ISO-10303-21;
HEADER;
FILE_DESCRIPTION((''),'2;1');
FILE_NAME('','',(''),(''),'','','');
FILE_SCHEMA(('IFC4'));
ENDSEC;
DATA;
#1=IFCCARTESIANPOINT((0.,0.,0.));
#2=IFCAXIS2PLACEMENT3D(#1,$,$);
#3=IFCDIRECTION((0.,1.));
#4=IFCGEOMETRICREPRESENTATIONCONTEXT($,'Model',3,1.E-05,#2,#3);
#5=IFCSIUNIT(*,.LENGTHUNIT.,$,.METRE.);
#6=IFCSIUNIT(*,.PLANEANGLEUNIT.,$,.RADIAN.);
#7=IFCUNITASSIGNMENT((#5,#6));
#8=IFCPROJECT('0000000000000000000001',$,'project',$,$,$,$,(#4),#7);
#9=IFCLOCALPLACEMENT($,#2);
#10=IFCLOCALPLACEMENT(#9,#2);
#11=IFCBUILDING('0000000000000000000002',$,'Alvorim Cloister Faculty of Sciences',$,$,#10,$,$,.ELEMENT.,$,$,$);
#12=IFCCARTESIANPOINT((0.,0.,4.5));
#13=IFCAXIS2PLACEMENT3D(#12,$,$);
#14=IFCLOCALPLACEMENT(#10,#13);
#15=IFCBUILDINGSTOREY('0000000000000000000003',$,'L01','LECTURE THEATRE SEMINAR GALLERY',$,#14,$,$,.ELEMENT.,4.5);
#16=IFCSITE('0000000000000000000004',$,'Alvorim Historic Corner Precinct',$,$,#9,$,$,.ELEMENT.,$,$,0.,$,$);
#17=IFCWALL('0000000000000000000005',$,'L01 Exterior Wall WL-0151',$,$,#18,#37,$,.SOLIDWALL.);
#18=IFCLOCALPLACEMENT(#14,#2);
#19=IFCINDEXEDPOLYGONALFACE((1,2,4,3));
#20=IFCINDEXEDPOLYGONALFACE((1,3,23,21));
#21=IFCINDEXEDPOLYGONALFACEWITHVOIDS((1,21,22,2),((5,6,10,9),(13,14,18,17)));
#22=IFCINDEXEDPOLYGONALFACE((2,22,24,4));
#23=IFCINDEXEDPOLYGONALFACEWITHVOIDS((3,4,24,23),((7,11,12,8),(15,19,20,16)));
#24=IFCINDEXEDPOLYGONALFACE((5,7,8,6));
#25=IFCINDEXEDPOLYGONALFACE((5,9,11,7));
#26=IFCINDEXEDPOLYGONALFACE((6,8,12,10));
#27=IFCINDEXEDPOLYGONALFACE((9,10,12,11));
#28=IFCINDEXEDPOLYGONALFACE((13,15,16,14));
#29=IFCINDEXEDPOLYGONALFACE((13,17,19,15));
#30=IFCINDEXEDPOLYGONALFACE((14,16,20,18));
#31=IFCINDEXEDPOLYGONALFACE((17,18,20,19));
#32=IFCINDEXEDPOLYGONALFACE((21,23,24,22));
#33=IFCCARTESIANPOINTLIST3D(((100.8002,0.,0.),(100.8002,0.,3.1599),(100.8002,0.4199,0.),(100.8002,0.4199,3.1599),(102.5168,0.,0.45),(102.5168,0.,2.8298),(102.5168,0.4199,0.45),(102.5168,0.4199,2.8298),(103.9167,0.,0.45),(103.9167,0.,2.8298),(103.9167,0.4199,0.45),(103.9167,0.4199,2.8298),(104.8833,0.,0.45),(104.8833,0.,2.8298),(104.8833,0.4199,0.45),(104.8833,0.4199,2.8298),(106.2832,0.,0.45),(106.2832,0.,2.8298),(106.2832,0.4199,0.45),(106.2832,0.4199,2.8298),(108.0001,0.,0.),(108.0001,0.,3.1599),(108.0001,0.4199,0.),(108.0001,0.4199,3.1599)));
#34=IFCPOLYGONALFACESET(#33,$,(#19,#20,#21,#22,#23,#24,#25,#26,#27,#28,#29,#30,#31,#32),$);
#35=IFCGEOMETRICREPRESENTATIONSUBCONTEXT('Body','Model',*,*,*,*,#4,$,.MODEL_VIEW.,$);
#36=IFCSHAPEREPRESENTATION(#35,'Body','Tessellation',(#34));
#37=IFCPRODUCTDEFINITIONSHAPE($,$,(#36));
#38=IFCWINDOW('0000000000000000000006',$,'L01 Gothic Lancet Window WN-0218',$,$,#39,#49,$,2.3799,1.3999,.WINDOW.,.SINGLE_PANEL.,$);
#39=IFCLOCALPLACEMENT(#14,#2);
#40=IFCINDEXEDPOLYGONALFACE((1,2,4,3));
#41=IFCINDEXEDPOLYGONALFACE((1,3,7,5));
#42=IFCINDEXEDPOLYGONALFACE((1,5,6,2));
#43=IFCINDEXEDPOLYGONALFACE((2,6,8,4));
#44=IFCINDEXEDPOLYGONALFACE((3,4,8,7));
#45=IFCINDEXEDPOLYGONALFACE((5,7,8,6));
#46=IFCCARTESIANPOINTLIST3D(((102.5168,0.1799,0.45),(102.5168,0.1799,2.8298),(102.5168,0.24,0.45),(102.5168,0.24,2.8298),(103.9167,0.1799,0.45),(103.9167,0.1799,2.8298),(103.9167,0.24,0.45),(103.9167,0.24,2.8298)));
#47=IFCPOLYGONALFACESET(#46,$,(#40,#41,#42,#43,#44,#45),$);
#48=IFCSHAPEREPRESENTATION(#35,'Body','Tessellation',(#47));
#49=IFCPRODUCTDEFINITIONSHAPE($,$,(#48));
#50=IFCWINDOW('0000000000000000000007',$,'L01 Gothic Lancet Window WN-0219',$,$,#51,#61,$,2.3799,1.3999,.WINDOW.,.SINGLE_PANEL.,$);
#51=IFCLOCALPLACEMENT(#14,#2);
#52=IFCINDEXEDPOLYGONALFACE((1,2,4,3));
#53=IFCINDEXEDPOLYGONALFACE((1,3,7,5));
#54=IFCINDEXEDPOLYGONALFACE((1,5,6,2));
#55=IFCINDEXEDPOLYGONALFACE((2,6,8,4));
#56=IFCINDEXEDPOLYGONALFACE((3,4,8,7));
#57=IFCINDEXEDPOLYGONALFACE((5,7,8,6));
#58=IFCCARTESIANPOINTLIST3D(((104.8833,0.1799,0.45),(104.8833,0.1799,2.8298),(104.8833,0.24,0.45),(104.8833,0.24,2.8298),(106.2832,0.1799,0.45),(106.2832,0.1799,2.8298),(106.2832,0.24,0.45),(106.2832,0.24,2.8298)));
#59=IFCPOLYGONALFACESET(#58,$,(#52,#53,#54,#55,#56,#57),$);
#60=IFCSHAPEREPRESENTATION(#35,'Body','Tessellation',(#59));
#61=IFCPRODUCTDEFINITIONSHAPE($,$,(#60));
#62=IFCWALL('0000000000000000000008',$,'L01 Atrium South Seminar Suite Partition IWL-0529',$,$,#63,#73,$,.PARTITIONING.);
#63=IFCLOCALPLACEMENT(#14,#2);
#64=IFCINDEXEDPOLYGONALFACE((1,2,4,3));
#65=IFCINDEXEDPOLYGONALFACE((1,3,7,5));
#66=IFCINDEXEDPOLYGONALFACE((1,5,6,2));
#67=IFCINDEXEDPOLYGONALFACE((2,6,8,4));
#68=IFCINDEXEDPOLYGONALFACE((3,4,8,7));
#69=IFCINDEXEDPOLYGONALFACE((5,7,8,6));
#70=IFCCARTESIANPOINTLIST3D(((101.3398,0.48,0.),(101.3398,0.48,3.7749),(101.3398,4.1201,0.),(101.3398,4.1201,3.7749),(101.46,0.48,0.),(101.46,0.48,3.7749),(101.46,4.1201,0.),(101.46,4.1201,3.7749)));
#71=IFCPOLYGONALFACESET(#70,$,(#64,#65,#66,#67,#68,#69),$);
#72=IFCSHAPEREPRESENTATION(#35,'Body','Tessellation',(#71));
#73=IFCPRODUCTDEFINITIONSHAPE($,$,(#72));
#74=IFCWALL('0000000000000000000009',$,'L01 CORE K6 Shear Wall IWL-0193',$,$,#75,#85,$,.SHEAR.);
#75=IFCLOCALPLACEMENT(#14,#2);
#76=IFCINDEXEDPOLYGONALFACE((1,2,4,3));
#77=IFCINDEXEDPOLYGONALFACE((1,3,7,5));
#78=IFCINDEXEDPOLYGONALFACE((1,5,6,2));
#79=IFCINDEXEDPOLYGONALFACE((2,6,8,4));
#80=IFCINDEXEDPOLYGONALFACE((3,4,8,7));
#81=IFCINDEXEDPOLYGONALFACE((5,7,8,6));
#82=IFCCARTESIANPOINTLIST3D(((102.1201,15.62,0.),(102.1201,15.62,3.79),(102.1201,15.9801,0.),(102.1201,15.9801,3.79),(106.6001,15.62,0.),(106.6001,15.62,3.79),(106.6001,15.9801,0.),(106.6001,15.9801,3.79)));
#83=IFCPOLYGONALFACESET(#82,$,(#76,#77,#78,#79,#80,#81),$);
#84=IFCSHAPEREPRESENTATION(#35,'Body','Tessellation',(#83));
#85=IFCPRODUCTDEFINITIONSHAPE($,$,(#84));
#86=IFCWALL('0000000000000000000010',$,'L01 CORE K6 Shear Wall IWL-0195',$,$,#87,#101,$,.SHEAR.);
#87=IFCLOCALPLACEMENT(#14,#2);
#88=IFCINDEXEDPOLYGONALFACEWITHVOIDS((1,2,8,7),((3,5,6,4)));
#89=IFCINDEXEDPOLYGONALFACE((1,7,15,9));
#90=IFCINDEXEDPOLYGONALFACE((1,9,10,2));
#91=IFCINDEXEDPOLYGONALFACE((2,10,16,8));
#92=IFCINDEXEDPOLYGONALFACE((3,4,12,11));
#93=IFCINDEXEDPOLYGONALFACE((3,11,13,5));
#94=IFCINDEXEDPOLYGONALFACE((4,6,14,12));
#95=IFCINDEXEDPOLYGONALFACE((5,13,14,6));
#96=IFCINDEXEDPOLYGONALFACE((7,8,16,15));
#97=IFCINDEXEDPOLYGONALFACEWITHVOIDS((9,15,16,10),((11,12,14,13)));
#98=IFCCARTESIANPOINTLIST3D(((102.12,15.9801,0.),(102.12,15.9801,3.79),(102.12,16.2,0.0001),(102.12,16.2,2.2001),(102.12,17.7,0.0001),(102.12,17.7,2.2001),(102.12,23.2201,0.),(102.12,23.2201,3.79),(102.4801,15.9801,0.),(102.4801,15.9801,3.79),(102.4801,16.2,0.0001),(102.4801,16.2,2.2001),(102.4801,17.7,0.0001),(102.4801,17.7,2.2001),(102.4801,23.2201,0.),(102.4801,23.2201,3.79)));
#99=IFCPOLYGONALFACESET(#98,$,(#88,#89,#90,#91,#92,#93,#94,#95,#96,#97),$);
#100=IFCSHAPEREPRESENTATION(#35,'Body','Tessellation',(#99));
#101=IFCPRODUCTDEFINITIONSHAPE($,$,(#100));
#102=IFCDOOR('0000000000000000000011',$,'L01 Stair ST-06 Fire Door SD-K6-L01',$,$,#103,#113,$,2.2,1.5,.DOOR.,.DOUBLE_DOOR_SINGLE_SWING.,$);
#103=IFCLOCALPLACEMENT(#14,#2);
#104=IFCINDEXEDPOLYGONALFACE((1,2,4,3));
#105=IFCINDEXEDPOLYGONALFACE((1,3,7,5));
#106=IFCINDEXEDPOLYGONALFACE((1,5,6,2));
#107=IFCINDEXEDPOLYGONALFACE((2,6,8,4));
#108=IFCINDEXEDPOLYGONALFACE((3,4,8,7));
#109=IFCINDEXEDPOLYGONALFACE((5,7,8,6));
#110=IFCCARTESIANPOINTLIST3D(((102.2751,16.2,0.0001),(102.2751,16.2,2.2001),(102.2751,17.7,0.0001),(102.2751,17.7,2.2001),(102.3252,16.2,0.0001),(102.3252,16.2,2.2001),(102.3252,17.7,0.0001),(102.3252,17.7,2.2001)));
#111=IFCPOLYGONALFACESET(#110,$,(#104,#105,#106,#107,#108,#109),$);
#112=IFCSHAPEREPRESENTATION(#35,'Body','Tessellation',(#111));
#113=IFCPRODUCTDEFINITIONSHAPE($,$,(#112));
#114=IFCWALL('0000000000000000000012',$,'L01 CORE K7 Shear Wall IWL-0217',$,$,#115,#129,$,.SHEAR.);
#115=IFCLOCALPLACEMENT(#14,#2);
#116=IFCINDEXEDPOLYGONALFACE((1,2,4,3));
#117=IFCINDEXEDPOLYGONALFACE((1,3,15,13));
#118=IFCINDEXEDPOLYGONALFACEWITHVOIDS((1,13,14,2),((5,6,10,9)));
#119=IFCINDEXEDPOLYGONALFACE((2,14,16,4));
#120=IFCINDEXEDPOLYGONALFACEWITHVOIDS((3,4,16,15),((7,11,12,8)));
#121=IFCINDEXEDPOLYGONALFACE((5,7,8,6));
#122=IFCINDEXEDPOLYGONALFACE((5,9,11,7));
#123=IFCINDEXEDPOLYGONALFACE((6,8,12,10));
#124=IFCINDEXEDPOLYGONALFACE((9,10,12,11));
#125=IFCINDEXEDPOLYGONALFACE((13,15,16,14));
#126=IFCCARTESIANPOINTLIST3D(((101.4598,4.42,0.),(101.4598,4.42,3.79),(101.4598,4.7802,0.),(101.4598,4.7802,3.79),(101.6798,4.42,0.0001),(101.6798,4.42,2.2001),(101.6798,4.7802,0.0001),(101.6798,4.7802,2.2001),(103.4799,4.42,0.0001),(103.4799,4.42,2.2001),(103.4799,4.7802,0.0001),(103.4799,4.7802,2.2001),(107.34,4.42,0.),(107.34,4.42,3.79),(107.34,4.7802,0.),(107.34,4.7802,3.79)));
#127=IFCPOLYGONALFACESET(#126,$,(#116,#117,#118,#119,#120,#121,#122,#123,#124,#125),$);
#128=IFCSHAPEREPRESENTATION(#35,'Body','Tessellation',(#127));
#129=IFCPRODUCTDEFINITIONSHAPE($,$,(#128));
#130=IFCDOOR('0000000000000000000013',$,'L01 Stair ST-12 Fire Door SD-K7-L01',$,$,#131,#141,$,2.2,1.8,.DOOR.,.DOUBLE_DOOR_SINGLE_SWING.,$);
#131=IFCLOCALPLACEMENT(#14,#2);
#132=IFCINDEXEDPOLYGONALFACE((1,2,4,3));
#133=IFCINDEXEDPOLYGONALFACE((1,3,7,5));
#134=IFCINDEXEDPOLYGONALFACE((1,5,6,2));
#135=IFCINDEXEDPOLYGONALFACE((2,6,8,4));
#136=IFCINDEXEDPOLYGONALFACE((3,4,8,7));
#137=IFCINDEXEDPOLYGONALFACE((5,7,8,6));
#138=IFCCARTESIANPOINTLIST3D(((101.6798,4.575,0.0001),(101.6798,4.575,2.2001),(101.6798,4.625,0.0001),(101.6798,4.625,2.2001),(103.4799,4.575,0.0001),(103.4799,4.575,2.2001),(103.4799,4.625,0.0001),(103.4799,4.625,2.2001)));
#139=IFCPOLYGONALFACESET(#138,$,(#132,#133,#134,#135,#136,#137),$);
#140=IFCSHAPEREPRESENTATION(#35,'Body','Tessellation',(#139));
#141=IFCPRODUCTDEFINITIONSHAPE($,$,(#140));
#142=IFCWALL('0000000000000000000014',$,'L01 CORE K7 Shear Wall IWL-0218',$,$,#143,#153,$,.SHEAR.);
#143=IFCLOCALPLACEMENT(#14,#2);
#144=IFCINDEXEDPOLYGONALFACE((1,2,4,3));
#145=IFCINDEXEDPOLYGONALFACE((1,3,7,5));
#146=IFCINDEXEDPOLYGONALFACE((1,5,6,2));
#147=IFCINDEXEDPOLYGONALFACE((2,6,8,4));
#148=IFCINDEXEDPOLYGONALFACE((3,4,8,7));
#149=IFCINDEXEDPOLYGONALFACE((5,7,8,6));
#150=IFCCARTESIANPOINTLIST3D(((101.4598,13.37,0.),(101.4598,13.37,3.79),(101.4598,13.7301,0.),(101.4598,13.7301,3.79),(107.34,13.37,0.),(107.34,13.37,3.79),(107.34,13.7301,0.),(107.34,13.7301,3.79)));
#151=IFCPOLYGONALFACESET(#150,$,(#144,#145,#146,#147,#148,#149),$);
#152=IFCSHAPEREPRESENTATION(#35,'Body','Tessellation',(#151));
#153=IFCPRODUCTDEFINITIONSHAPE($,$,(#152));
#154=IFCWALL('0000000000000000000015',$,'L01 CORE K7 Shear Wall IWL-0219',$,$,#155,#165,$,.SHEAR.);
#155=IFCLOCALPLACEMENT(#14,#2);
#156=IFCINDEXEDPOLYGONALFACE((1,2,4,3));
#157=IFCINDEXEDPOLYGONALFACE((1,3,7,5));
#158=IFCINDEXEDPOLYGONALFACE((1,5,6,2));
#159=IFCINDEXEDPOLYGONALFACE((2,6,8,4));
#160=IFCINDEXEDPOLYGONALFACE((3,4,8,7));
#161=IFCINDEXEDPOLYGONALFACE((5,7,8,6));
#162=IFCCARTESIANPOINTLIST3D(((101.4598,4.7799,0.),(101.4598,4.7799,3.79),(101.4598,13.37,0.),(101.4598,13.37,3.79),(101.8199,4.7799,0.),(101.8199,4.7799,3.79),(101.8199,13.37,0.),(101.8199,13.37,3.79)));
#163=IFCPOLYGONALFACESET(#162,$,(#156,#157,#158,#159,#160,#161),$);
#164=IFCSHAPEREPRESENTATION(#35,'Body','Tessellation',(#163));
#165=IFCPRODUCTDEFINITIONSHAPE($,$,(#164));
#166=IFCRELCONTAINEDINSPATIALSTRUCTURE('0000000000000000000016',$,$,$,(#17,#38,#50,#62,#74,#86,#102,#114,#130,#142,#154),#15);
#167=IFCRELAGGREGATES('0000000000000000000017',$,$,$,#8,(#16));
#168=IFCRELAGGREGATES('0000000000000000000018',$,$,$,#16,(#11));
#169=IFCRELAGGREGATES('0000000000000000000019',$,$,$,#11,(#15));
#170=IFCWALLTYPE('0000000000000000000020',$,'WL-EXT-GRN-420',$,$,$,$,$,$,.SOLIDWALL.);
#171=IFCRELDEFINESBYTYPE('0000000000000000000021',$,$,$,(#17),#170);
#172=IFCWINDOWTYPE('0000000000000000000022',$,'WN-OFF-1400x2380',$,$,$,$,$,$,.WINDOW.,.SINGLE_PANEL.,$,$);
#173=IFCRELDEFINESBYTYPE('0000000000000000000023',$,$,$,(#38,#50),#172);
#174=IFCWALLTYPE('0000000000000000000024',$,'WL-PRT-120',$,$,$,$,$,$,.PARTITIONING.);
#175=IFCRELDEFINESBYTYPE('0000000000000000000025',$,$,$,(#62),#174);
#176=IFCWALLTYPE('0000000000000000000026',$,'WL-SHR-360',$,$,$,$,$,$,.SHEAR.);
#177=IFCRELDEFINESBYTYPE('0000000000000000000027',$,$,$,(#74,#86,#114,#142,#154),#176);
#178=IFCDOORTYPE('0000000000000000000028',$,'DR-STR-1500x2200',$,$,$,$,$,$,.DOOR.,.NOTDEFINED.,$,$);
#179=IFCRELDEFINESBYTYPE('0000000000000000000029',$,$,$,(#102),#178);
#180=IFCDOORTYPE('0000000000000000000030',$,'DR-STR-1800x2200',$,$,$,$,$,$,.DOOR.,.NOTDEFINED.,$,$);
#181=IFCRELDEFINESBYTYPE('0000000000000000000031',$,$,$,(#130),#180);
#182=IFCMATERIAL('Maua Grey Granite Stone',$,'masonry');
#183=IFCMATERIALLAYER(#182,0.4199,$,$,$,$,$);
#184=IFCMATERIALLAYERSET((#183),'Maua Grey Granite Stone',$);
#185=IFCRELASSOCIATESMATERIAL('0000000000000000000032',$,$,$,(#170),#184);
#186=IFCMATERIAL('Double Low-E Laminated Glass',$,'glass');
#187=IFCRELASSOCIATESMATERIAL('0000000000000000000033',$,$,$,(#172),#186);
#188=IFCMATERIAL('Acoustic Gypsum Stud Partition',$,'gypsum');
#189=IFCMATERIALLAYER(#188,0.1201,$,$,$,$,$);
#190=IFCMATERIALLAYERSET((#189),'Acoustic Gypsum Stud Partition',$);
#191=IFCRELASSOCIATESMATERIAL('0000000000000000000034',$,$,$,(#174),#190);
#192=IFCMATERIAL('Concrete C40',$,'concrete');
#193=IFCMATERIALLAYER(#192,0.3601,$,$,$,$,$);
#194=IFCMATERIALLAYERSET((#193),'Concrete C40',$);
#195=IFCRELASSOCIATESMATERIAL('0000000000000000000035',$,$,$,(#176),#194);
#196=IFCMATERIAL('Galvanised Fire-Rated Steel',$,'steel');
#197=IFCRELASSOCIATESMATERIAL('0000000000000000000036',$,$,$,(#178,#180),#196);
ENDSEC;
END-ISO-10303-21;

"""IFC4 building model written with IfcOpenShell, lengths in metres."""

from ifc_helpers import new_model, si_unit, direction, frame, frame_2d, origin, place, context, subcontext, project, spatial, rectangle, extrude, material, layer, layer_set, type_object, element, fill, save


model = new_model("IFC4")

# Units and contexts
model_context = context("Model", 3, precision=1e-05, world=origin(), true_north=direction((0.0, 1.0)))
body_context = subcontext(model_context, "Body", "Model", "MODEL_VIEW")
ifc_project = project(units=[si_unit("LENGTHUNIT", "METRE"), si_unit("PLANEANGLEUNIT", "RADIAN")], contexts=[model_context])

# Site, building, storey
site_placement = place(None, origin())
site = spatial("IfcSite", under=ifc_project, at=site_placement, Name="Alvorim Historic Corner Precinct", CompositionType="ELEMENT", RefElevation=0.0)
building_placement = place(site_placement, origin())
building = spatial("IfcBuilding", under=site, at=building_placement, Name="Alvorim Cloister Faculty of Sciences", CompositionType="ELEMENT")
storey_placement = place(building_placement, frame((0.0, 0.0, 4.5)))
storey = spatial("IfcBuildingStorey", under=building, at=storey_placement, Name="L01", Description="LECTURE THEATRE SEMINAR GALLERY", CompositionType="ELEMENT", Elevation=4.5)

# Shared definitions
ifc_material_1 = material(Name="Concrete C40", Category="concrete")

# Shared definitions
ifc_material_2 = material(Name="Double Low-E Laminated Glass", Category="glass")

# Wall, openings, windows
ifc_material_3 = material(Name="Maua Grey Granite Stone", Category="masonry")
ifc_layer_1 = layer(ifc_material_3, 0.4199)
ifc_layer_set_1 = layer_set([ifc_layer_1], Name="Maua Grey Granite Stone")
wall_type_1 = type_object("IfcWallType", Name="WL-EXT-GRN-420", PredefinedType="SOLIDWALL", material=ifc_layer_set_1)
wall_1_placement = place(storey_placement, frame((100.8, 0.21, 0.0), z_axis=(0.0, 0.0, 1.0), x_axis=(1.0, 0.0, 0.0)))
wall_1 = element("IfcWall", 1, at=wall_1_placement, inside=storey, type_object=wall_type_1, Name="L01 Exterior Wall WL-0151", PredefinedType="SOLIDWALL", context=body_context, shape_type="SweptSolid", body=[
    extrude(rectangle(XDim=7.2, YDim=0.4199, at=frame_2d((3.6001, 0.0))), origin(), (0.0, 0.0, 1.0), 3.1599),
])
opening_1_placement = place(wall_1_placement, frame((1.7168, 0.0, 0.45)))
opening_1 = element("IfcOpeningElement", 2, at=opening_1_placement, cuts=wall_1, PredefinedType="OPENING", context=body_context, shape_type="SweptSolid", body=[
    extrude(rectangle(XDim=1.3999, YDim=2.3799, at=frame_2d((0.7, 1.1899))), frame((0.0, 0.2219, 0.0), z_axis=(0.0, -1.0, 0.0), x_axis=(1.0, 0.0, 0.0)), (0.0, 0.0, 1.0), 0.4438),
])
opening_2_placement = place(wall_1_placement, frame((4.0833, 0.0, 0.45)))
opening_2 = element("IfcOpeningElement", 3, at=opening_2_placement, cuts=wall_1, PredefinedType="OPENING", context=body_context, shape_type="SweptSolid", body=[
    extrude(rectangle(XDim=1.3999, YDim=2.3799, at=frame_2d((0.7, 1.1899))), frame((0.0, 0.2219, 0.0), z_axis=(0.0, -1.0, 0.0), x_axis=(1.0, 0.0, 0.0)), (0.0, 0.0, 1.0), 0.4438),
])
window_type = type_object("IfcWindowType", Name="WN-OFF-1400x2380", PartitioningType="SINGLE_PANEL", PredefinedType="WINDOW", material=ifc_material_2)
window_1_placement = place(opening_1_placement, origin())
window_1 = element("IfcWindow", 4, at=window_1_placement, inside=storey, type_object=window_type, Name="L01 Gothic Lancet Window WN-0218", OverallHeight=2.3799, OverallWidth=1.3999, PartitioningType="SINGLE_PANEL", PredefinedType="WINDOW", context=body_context, shape_type="SweptSolid", body=[
    extrude(rectangle(XDim=1.3999, YDim=2.3799, at=frame_2d((0.7, 1.1899))), frame((0.0, 0.03, 0.0), z_axis=(0.0, -1.0, 0.0), x_axis=(1.0, 0.0, 0.0)), (0.0, 0.0, 1.0), 0.0601),
])
fill(opening_1, window_1)
window_2_placement = place(opening_2_placement, origin())
window_2 = element("IfcWindow", 5, at=window_2_placement, inside=storey, type_object=window_type, Name="L01 Gothic Lancet Window WN-0219", OverallHeight=2.3799, OverallWidth=1.3999, PartitioningType="SINGLE_PANEL", PredefinedType="WINDOW", context=body_context, shape_type="SweptSolid", body=[
    extrude(rectangle(XDim=1.3999, YDim=2.3799, at=frame_2d((0.7, 1.1899))), frame((0.0, 0.03, 0.0), z_axis=(0.0, -1.0, 0.0), x_axis=(1.0, 0.0, 0.0)), (0.0, 0.0, 1.0), 0.0601),
])
fill(opening_2, window_2)

# Walls
ifc_material_4 = material(Name="Acoustic Gypsum Stud Partition", Category="gypsum")
ifc_layer_2 = layer(ifc_material_4, 0.1201)
ifc_layer_set_2 = layer_set([ifc_layer_2], Name="Acoustic Gypsum Stud Partition")
wall_type_2 = type_object("IfcWallType", Name="WL-PRT-120", PredefinedType="PARTITIONING", material=ifc_layer_set_2)
wall_2_placement = place(storey_placement, frame((101.3999, 0.48, 0.0), z_axis=(0.0, 0.0, 1.0), x_axis=(0.0, 1.0, 0.0)))
element("IfcWall", 6, at=wall_2_placement, inside=storey, type_object=wall_type_2, Name="L01 Atrium South Seminar Suite Partition IWL-0529", PredefinedType="PARTITIONING", context=body_context, shape_type="SweptSolid", body=[
    extrude(rectangle(XDim=3.6401, YDim=0.1201, at=frame_2d((1.8201, 0.0))), origin(), (0.0, 0.0, 1.0), 3.7749),
])
ifc_layer_3 = layer(ifc_material_1, 0.3601)
ifc_layer_set_3 = layer_set([ifc_layer_3], Name="Concrete C40")
wall_type_3 = type_object("IfcWallType", Name="WL-SHR-360", PredefinedType="SHEAR", material=ifc_layer_set_3)
wall_3_placement = place(storey_placement, frame((102.1201, 15.8, 0.0), z_axis=(0.0, 0.0, 1.0), x_axis=(1.0, 0.0, 0.0)))
element("IfcWall", 7, at=wall_3_placement, inside=storey, type_object=wall_type_3, Name="L01 CORE K6 Shear Wall IWL-0193", PredefinedType="SHEAR", context=body_context, shape_type="SweptSolid", body=[
    extrude(rectangle(XDim=4.48, YDim=0.3601, at=frame_2d((2.24, 0.0))), origin(), (0.0, 0.0, 1.0), 3.79),
])

# Walls, openings, doors
wall_4_placement = place(storey_placement, frame((102.3, 15.98, 0.0), z_axis=(0.0, 0.0, 1.0), x_axis=(0.0, 1.0, 0.0)))
wall_4 = element("IfcWall", 8, at=wall_4_placement, inside=storey, type_object=wall_type_3, Name="L01 CORE K6 Shear Wall IWL-0195", PredefinedType="SHEAR", context=body_context, shape_type="SweptSolid", body=[
    extrude(rectangle(XDim=7.24, YDim=0.3601, at=frame_2d((3.6201, 0.0))), origin(), (0.0, 0.0, 1.0), 3.79),
])
opening_3_placement = place(wall_4_placement, frame((0.22, 0.0, 0.0)))
opening_3 = element("IfcOpeningElement", 9, at=opening_3_placement, cuts=wall_4, PredefinedType="OPENING", context=body_context, shape_type="SweptSolid", body=[
    extrude(rectangle(XDim=1.5, YDim=2.2, at=frame_2d((0.75, 1.1001))), frame((0.0, 0.1919, 0.0), z_axis=(0.0, -1.0, 0.0), x_axis=(1.0, 0.0, 0.0)), (0.0, 0.0, 1.0), 0.384),
])
ifc_material_5 = material(Name="Galvanised Fire-Rated Steel", Category="steel")
door_type_1 = type_object("IfcDoorType", Name="DR-STR-1500x2200", OperationType="NOTDEFINED", PredefinedType="DOOR", material=ifc_material_5)
door_1_placement = place(opening_3_placement, origin())
door_1 = element("IfcDoor", 10, at=door_1_placement, inside=storey, type_object=door_type_1, Name="L01 Stair ST-06 Fire Door SD-K6-L01", OperationType="DOUBLE_DOOR_SINGLE_SWING", OverallHeight=2.2, OverallWidth=1.5, PredefinedType="DOOR", context=body_context, shape_type="SweptSolid", body=[
    extrude(rectangle(XDim=1.5, YDim=2.2, at=frame_2d((0.75, 1.1001))), frame((0.0, 0.0249, 0.0), z_axis=(0.0, -1.0, 0.0), x_axis=(1.0, 0.0, 0.0)), (0.0, 0.0, 1.0), 0.05),
])
fill(opening_3, door_1)
wall_5_placement = place(storey_placement, frame((101.46, 4.6001, 0.0), z_axis=(0.0, 0.0, 1.0), x_axis=(1.0, 0.0, 0.0)))
wall_5 = element("IfcWall", 11, at=wall_5_placement, inside=storey, type_object=wall_type_3, Name="L01 CORE K7 Shear Wall IWL-0217", PredefinedType="SHEAR", context=body_context, shape_type="SweptSolid", body=[
    extrude(rectangle(XDim=5.8801, YDim=0.3601, at=frame_2d((2.9399, 0.0))), origin(), (0.0, 0.0, 1.0), 3.79),
])
opening_4_placement = place(wall_5_placement, frame((0.22, 0.0, 0.0)))
opening_4 = element("IfcOpeningElement", 12, at=opening_4_placement, cuts=wall_5, PredefinedType="OPENING", context=body_context, shape_type="SweptSolid", body=[
    extrude(rectangle(XDim=1.8, YDim=2.2, at=frame_2d((0.8999, 1.1001))), frame((0.0, 0.1919, 0.0), z_axis=(0.0, -1.0, 0.0), x_axis=(1.0, 0.0, 0.0)), (0.0, 0.0, 1.0), 0.384),
])
door_type_2 = type_object("IfcDoorType", Name="DR-STR-1800x2200", OperationType="NOTDEFINED", PredefinedType="DOOR", material=ifc_material_5)
door_2_placement = place(opening_4_placement, origin())
door_2 = element("IfcDoor", 13, at=door_2_placement, inside=storey, type_object=door_type_2, Name="L01 Stair ST-12 Fire Door SD-K7-L01", OperationType="DOUBLE_DOOR_SINGLE_SWING", OverallHeight=2.2, OverallWidth=1.8, PredefinedType="DOOR", context=body_context, shape_type="SweptSolid", body=[
    extrude(rectangle(XDim=1.8, YDim=2.2, at=frame_2d((0.8999, 1.1001))), frame((0.0, 0.0249, 0.0), z_axis=(0.0, -1.0, 0.0), x_axis=(1.0, 0.0, 0.0)), (0.0, 0.0, 1.0), 0.05),
])
fill(opening_4, door_2)

# Walls
wall_6_placement = place(storey_placement, frame((101.46, 13.55, 0.0), z_axis=(0.0, 0.0, 1.0), x_axis=(1.0, 0.0, 0.0)))
element("IfcWall", 14, at=wall_6_placement, inside=storey, type_object=wall_type_3, Name="L01 CORE K7 Shear Wall IWL-0218", PredefinedType="SHEAR", context=body_context, shape_type="SweptSolid", body=[
    extrude(rectangle(XDim=5.8801, YDim=0.3601, at=frame_2d((2.9399, 0.0))), origin(), (0.0, 0.0, 1.0), 3.79),
])
wall_7_placement = place(storey_placement, frame((101.6399, 4.78, 0.0), z_axis=(0.0, 0.0, 1.0), x_axis=(0.0, 1.0, 0.0)))
element("IfcWall", 15, at=wall_7_placement, inside=storey, type_object=wall_type_3, Name="L01 CORE K7 Shear Wall IWL-0219", PredefinedType="SHEAR", context=body_context, shape_type="SweptSolid", body=[
    extrude(rectangle(XDim=8.5901, YDim=0.3601, at=frame_2d((4.2949, 0.0))), origin(), (0.0, 0.0, 1.0), 3.79),
])

save(model, "model.ifc")
